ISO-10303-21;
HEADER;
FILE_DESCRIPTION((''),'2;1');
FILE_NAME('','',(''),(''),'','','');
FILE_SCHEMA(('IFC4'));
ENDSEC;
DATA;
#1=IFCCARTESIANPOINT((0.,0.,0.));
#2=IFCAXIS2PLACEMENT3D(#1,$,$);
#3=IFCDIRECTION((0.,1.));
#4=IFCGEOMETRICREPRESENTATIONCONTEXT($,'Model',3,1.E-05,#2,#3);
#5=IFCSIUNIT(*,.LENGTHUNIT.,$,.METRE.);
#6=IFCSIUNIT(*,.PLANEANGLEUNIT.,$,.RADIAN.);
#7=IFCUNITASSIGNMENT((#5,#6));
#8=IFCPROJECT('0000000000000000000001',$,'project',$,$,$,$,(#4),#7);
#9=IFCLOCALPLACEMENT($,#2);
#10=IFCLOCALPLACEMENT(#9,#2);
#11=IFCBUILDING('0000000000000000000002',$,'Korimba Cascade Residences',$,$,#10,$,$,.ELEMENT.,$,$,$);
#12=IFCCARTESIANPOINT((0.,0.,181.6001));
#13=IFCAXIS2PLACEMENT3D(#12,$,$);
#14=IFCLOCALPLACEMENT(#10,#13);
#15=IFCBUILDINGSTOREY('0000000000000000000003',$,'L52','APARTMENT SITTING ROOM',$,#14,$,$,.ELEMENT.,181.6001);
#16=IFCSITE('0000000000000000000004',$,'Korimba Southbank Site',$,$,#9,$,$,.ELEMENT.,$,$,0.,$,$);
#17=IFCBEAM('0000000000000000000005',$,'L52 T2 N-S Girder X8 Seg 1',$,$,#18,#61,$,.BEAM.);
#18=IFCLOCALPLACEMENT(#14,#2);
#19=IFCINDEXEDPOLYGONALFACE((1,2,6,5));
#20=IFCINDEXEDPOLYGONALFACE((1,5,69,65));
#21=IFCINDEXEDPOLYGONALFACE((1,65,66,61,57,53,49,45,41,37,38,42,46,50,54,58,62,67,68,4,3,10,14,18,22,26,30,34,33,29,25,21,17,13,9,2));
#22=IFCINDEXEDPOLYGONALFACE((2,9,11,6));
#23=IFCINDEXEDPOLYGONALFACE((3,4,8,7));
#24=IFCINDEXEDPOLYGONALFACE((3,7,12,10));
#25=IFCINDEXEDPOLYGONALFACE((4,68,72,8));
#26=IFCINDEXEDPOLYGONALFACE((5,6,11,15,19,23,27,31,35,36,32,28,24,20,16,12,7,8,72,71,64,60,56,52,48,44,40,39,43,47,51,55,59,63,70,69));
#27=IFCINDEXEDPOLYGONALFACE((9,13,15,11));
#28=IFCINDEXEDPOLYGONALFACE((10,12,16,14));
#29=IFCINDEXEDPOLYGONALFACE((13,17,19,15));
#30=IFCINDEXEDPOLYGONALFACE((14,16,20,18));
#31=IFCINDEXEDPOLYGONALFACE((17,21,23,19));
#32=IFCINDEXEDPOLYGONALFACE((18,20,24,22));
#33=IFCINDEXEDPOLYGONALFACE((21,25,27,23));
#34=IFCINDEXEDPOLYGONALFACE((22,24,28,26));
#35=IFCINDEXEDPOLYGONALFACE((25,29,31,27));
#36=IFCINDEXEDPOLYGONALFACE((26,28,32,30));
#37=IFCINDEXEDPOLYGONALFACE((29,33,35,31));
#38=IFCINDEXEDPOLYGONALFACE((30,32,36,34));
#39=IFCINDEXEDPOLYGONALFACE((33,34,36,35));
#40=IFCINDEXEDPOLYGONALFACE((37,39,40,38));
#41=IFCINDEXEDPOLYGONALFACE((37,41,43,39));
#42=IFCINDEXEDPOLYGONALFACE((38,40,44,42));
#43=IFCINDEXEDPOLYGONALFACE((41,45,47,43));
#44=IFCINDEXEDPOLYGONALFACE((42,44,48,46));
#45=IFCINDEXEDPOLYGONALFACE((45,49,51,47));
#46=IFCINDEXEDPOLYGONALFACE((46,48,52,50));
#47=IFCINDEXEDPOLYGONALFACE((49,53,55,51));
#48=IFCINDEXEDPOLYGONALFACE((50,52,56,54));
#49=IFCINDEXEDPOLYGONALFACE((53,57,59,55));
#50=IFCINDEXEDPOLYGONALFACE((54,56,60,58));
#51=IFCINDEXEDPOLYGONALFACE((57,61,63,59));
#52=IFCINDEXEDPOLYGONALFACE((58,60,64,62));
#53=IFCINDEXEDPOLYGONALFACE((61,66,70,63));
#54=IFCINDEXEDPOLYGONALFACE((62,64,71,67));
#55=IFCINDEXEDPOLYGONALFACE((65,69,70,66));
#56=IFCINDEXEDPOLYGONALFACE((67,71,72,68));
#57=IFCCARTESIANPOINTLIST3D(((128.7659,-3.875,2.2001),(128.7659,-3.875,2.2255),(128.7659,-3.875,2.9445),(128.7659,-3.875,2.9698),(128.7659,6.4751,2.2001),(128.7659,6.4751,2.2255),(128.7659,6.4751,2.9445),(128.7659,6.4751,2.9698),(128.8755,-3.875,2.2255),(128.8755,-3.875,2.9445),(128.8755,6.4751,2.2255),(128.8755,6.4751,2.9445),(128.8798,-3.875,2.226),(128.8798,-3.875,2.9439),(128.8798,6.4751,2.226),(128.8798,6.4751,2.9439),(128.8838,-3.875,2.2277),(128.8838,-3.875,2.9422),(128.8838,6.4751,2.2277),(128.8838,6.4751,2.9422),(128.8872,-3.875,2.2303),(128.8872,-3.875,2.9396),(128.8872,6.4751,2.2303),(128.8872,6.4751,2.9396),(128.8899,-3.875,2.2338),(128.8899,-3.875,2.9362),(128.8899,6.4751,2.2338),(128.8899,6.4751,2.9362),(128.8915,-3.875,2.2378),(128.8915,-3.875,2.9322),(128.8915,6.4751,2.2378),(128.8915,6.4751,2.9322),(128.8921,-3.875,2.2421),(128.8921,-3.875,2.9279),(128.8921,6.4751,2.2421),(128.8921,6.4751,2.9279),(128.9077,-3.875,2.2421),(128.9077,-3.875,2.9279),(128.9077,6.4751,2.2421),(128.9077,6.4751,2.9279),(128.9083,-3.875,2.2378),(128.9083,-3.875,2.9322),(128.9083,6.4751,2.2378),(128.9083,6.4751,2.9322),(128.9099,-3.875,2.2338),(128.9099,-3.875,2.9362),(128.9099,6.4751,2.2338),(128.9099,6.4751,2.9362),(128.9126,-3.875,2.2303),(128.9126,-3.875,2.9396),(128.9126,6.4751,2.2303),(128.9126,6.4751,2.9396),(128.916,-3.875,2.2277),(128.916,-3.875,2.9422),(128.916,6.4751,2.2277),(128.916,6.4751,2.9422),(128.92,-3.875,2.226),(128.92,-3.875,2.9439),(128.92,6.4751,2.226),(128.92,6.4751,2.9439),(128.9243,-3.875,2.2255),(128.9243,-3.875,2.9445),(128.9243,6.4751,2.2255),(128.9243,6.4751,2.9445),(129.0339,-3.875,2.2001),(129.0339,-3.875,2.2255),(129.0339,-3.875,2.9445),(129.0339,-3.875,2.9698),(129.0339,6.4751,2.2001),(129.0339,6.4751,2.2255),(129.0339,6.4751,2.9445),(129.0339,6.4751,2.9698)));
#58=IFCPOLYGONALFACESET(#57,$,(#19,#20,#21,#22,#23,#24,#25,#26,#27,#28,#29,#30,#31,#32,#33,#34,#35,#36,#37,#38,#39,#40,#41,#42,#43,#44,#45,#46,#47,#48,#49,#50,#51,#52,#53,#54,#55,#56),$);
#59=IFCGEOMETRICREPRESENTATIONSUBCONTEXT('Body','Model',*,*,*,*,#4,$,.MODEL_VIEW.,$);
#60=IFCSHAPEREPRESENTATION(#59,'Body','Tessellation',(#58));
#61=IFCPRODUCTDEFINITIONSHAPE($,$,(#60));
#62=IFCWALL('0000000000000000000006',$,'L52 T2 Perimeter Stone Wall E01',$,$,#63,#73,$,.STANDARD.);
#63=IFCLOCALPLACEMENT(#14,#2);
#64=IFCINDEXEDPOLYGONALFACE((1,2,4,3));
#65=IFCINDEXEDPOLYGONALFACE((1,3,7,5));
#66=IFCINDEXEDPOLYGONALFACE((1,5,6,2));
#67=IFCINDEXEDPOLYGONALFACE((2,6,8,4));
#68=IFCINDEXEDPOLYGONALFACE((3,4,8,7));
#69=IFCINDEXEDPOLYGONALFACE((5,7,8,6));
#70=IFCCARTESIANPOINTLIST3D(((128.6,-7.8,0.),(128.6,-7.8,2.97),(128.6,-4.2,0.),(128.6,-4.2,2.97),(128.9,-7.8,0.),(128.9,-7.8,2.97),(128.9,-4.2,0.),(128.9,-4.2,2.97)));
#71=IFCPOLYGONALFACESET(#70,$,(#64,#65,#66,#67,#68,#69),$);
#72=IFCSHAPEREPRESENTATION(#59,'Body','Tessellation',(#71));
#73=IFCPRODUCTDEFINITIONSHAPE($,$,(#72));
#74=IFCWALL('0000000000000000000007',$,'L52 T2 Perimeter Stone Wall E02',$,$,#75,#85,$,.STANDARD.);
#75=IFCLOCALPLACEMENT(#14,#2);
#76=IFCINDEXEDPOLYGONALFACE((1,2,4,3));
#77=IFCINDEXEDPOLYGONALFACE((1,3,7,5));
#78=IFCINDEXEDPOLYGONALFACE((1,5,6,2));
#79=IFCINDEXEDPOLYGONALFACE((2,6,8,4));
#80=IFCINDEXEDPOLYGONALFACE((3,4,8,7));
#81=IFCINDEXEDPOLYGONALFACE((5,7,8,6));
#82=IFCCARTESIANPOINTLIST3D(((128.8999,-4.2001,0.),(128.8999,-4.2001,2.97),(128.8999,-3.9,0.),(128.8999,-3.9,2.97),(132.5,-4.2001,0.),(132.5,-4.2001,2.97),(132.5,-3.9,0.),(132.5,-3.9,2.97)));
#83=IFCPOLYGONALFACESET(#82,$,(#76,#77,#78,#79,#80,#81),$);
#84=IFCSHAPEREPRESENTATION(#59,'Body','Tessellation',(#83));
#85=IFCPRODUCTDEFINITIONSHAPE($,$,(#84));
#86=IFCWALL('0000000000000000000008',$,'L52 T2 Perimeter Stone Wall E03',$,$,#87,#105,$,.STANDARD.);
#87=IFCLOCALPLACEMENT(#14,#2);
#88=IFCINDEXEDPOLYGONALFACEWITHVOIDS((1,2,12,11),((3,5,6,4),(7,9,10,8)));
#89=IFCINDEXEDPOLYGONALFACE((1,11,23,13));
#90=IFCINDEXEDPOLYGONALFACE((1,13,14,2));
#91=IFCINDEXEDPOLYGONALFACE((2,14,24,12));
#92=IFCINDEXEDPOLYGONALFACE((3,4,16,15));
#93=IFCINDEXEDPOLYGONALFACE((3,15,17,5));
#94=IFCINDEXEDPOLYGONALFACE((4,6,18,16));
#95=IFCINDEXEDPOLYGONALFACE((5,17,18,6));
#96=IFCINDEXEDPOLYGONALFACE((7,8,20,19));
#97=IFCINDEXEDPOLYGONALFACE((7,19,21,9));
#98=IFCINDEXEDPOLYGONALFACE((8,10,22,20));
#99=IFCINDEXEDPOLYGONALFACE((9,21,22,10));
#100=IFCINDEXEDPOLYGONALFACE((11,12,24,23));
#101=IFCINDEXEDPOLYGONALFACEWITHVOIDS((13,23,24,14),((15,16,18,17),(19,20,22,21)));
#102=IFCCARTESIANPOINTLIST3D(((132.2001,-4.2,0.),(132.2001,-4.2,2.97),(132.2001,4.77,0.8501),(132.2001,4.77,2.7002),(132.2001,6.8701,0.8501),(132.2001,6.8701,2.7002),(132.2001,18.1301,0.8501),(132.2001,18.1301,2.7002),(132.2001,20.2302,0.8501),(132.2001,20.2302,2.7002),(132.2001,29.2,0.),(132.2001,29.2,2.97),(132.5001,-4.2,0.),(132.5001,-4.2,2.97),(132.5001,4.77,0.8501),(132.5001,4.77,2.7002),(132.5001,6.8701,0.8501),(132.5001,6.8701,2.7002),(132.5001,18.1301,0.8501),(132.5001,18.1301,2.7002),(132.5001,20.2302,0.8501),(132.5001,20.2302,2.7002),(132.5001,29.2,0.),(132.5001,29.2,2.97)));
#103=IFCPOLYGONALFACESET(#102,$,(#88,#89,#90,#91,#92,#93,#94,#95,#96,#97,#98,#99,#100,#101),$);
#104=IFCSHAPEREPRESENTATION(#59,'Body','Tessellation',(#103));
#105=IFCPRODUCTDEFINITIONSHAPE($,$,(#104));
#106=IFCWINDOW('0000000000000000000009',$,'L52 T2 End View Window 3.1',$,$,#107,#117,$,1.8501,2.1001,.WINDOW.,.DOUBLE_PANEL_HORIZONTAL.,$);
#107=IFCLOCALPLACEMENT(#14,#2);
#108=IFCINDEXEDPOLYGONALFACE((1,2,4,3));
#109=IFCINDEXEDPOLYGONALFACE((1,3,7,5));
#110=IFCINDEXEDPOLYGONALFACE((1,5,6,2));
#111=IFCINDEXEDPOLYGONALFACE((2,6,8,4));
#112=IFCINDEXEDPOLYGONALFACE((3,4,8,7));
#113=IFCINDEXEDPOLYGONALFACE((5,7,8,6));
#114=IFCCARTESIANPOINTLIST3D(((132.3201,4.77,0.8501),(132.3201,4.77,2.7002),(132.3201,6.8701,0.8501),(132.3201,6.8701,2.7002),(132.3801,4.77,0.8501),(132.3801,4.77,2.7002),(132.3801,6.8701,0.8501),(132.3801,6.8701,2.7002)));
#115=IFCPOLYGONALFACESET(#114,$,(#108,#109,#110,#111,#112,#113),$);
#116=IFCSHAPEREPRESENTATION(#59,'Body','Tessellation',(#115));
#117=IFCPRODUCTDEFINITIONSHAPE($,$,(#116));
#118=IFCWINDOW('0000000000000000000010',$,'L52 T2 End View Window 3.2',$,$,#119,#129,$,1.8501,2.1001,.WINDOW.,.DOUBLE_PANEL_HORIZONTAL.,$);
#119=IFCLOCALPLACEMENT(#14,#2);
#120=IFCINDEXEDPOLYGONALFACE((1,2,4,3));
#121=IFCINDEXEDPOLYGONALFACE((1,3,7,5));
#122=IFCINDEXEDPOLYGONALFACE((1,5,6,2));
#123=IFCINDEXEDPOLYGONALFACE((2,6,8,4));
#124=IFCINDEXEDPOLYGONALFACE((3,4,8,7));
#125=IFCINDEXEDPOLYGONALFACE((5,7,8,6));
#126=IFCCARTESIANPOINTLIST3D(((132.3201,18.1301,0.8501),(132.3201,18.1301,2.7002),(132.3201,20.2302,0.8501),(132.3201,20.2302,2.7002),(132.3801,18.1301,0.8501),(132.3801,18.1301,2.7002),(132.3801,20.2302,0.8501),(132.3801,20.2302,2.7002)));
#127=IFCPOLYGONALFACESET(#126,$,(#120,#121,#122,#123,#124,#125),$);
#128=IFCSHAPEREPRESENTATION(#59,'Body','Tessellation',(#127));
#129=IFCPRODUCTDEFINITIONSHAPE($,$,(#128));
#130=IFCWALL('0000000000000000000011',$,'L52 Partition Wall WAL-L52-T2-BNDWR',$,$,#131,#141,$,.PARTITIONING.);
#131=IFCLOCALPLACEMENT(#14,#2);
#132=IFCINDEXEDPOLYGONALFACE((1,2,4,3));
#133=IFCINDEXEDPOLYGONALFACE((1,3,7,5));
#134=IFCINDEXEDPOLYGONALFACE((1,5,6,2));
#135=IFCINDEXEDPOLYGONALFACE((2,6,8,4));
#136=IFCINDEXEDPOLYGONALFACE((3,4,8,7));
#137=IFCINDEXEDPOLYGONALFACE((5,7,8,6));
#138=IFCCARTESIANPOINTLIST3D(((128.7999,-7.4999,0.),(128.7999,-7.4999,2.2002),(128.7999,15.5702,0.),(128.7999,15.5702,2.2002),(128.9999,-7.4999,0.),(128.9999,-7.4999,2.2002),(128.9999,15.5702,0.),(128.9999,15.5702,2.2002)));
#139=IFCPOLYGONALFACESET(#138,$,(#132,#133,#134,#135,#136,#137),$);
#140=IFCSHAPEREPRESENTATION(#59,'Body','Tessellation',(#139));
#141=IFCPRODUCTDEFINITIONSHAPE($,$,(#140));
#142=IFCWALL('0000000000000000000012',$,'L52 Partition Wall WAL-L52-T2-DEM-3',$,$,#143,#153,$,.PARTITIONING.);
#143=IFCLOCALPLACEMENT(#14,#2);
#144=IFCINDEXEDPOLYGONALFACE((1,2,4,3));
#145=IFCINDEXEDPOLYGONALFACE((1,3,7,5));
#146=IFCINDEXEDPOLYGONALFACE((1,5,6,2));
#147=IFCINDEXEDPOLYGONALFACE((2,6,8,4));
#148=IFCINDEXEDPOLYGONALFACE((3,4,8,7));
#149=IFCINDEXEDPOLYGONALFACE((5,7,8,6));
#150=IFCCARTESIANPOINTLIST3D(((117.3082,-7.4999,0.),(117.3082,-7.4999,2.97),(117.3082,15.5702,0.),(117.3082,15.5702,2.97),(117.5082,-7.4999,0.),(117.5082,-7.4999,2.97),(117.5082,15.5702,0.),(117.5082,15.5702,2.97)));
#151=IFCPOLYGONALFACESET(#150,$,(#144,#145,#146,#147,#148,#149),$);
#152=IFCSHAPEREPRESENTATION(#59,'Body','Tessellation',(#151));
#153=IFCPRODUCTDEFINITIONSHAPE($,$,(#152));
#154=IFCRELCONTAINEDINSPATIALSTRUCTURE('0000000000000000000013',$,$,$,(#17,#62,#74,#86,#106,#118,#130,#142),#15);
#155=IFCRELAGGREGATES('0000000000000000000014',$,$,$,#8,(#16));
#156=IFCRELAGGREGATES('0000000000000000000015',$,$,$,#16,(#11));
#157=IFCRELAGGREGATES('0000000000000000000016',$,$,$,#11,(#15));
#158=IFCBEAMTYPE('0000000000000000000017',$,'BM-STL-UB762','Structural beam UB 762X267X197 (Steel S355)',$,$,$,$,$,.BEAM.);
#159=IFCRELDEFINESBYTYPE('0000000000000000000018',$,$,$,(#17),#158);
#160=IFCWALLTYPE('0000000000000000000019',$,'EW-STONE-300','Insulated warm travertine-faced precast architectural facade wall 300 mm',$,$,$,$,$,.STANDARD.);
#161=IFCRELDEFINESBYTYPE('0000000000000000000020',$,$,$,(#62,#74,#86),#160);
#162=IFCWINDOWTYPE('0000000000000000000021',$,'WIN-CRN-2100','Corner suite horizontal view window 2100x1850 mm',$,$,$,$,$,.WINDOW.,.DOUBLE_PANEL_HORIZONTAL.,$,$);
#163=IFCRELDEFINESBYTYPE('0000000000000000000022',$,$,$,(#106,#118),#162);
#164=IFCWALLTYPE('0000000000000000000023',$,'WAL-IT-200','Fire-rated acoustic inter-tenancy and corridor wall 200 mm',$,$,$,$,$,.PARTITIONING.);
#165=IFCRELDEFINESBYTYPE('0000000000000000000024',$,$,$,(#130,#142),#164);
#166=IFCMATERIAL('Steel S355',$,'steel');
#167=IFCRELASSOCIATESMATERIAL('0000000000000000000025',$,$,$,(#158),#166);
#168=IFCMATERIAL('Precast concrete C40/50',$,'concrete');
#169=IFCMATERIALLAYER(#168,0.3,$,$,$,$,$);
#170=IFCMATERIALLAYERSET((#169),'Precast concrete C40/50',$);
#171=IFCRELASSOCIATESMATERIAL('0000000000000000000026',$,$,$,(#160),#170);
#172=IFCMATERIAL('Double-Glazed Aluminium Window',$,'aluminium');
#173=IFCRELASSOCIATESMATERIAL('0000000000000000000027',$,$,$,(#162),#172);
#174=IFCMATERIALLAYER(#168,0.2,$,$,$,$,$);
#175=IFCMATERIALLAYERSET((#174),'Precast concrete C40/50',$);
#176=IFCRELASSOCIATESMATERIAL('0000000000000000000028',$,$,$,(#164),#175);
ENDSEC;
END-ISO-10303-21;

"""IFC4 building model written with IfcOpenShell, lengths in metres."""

from ifc_helpers import new_model, si_unit, direction, frame, frame_2d, origin, origin_2d, place, context, subcontext, project, spatial, rectangle, i_section, extrude, material, layer, layer_set, material_profile, profile_set, type_object, element, fill, save


model = new_model("IFC4")

# Units and contexts
model_context = context("Model", 3, precision=1e-05, world=origin(), true_north=direction((0.0, 1.0)))
body_context = subcontext(model_context, "Body", "Model", "MODEL_VIEW")
ifc_project = project(units=[si_unit("LENGTHUNIT", "METRE"), si_unit("PLANEANGLEUNIT", "RADIAN")], contexts=[model_context])

# Site, building, storey
site_placement = place(None, origin())
site = spatial("IfcSite", under=ifc_project, at=site_placement, Name="Korimba Southbank Site", CompositionType="ELEMENT", RefElevation=0.0)
building_placement = place(site_placement, origin())
building = spatial("IfcBuilding", under=site, at=building_placement, Name="Korimba Cascade Residences", CompositionType="ELEMENT")
storey_placement = place(building_placement, frame((0.0, 0.0, 181.6001)))
storey = spatial("IfcBuildingStorey", under=building, at=storey_placement, Name="L52", Description="APARTMENT SITTING ROOM", CompositionType="ELEMENT", Elevation=181.6001)

# Beam
ifc_material_1 = material(Name="Steel S355", Category="steel")
ifc_material_profile_1 = material_profile(ifc_material_1, i_section(OverallWidth=0.2681, OverallDepth=0.7698, WebThickness=0.0156, FlangeThickness=0.0254, FilletRadius=0.0166, at=origin_2d()), Name="Steel S355")
ifc_profile_set_1 = profile_set([ifc_material_profile_1], Name="Steel S355")
beam_type_1 = type_object("IfcBeamType", Name="BM-STL-UB762", Description="Structural beam UB 762X267X197 (Steel S355)", PredefinedType="BEAM", material=ifc_profile_set_1)
for number, where, z_axis, x_axis, name in (
    (1, (128.8999, -3.875, 2.585), (0.0, 1.0, 0.0), (-1.0, 0.0, 0.0), "L52 T2 N-S Girder X8 Seg 1"),
):
    element("IfcBeam", number, at=place(storey_placement, frame(where, z_axis=z_axis, x_axis=x_axis)), inside=storey, type_object=beam_type_1, Name=name, PredefinedType="BEAM", context=body_context, shape_type="SweptSolid", body=[
        extrude(i_section(OverallWidth=0.2681, OverallDepth=0.7698, WebThickness=0.0156, FlangeThickness=0.0254, FilletRadius=0.0166, at=origin_2d()), origin(), (0.0, 0.0, 1.0), 10.3501),
    ])

# Walls
ifc_material_2 = material(Name="Precast concrete C40/50", Category="concrete")
ifc_layer_1 = layer(ifc_material_2, 0.3)
ifc_layer_set_1 = layer_set([ifc_layer_1], Name="Precast concrete C40/50")
wall_type_1 = type_object("IfcWallType", Name="EW-STONE-300", Description="Insulated warm travertine-faced precast architectural facade wall 300 mm", PredefinedType="STANDARD", material=ifc_layer_set_1)
for number, where, z_axis, x_axis, name in (
    (2, (128.75, -7.8, 0.0), (0.0, 0.0, 1.0), (0.0, 1.0, 0.0), "L52 T2 Perimeter Stone Wall E01"),
    (3, (128.8999, -4.05, 0.0), (0.0, 0.0, 1.0), (1.0, 0.0, 0.0), "L52 T2 Perimeter Stone Wall E02"),
):
    element("IfcWall", number, at=place(storey_placement, frame(where, z_axis=z_axis, x_axis=x_axis)), inside=storey, type_object=wall_type_1, Name=name, PredefinedType="STANDARD", context=body_context, shape_type="SweptSolid", body=[
        extrude(rectangle(XDim=3.6001, YDim=0.3, at=frame_2d((1.8, 0.0))), origin(), (0.0, 0.0, 1.0), 2.97),
    ])

# Wall, openings, windows
wall_1_placement = place(storey_placement, frame((132.3501, -4.2, 0.0), z_axis=(0.0, 0.0, 1.0), x_axis=(0.0, 1.0, 0.0)))
wall_1 = element("IfcWall", 4, at=wall_1_placement, inside=storey, type_object=wall_type_1, Name="L52 T2 Perimeter Stone Wall E03", PredefinedType="STANDARD", context=body_context, shape_type="SweptSolid", body=[
    extrude(rectangle(XDim=33.3999, YDim=0.3, at=frame_2d((16.7, 0.0))), origin(), (0.0, 0.0, 1.0), 2.97),
])
opening_1_placement = place(wall_1_placement, frame((8.97, 0.0, 0.8501)))
opening_1 = element("IfcOpeningElement", 5, at=opening_1_placement, cuts=wall_1, PredefinedType="OPENING", context=body_context, shape_type="SweptSolid", body=[
    extrude(rectangle(XDim=2.1001, YDim=1.8501, at=frame_2d((1.05, 0.925))), frame((0.0, 0.1602, 0.0), z_axis=(0.0, -1.0, 0.0), x_axis=(1.0, 0.0, 0.0)), (0.0, 0.0, 1.0), 0.3201),
])
opening_2_placement = place(wall_1_placement, frame((22.3301, 0.0, 0.8501)))
opening_2 = element("IfcOpeningElement", 6, at=opening_2_placement, cuts=wall_1, PredefinedType="OPENING", context=body_context, shape_type="SweptSolid", body=[
    extrude(rectangle(XDim=2.1001, YDim=1.8501, at=frame_2d((1.05, 0.925))), frame((0.0, 0.1602, 0.0), z_axis=(0.0, -1.0, 0.0), x_axis=(1.0, 0.0, 0.0)), (0.0, 0.0, 1.0), 0.3201),
])
ifc_material_3 = material(Name="Double-Glazed Aluminium Window", Category="aluminium")
window_type = type_object("IfcWindowType", Name="WIN-CRN-2100", Description="Corner suite horizontal view window 2100x1850 mm", PartitioningType="DOUBLE_PANEL_HORIZONTAL", PredefinedType="WINDOW", material=ifc_material_3)
window_1_placement = place(opening_1_placement, origin())
window_1 = element("IfcWindow", 7, at=window_1_placement, inside=storey, type_object=window_type, Name="L52 T2 End View Window 3.1", OverallHeight=1.8501, OverallWidth=2.1001, PartitioningType="DOUBLE_PANEL_HORIZONTAL", PredefinedType="WINDOW", context=body_context, shape_type="SweptSolid", body=[
    extrude(rectangle(XDim=2.1001, YDim=1.8501, at=frame_2d((1.05, 0.925))), frame((0.0, 0.03, 0.0), z_axis=(0.0, -1.0, 0.0), x_axis=(1.0, 0.0, 0.0)), (0.0, 0.0, 1.0), 0.0601),
])
fill(opening_1, window_1)
window_2_placement = place(opening_2_placement, origin())
window_2 = element("IfcWindow", 8, at=window_2_placement, inside=storey, type_object=window_type, Name="L52 T2 End View Window 3.2", OverallHeight=1.8501, OverallWidth=2.1001, PartitioningType="DOUBLE_PANEL_HORIZONTAL", PredefinedType="WINDOW", context=body_context, shape_type="SweptSolid", body=[
    extrude(rectangle(XDim=2.1001, YDim=1.8501, at=frame_2d((1.05, 0.925))), frame((0.0, 0.03, 0.0), z_axis=(0.0, -1.0, 0.0), x_axis=(1.0, 0.0, 0.0)), (0.0, 0.0, 1.0), 0.0601),
])
fill(opening_2, window_2)

# Walls
ifc_layer_2 = layer(ifc_material_2, 0.2)
ifc_layer_set_2 = layer_set([ifc_layer_2], Name="Precast concrete C40/50")
wall_type_2 = type_object("IfcWallType", Name="WAL-IT-200", Description="Fire-rated acoustic inter-tenancy and corridor wall 200 mm", PredefinedType="PARTITIONING", material=ifc_layer_set_2)
wall_2_placement = place(storey_placement, frame((128.8999, -7.5, 0.0), z_axis=(0.0, 0.0, 1.0), x_axis=(0.0, 1.0, 0.0)))
element("IfcWall", 9, at=wall_2_placement, inside=storey, type_object=wall_type_2, Name="L52 Partition Wall WAL-L52-T2-BNDWR", PredefinedType="PARTITIONING", context=body_context, shape_type="SweptSolid", body=[
    extrude(rectangle(XDim=23.0701, YDim=0.2, at=frame_2d((11.5352, 0.0))), origin(), (0.0, 0.0, 1.0), 2.2002),
])
wall_3_placement = place(storey_placement, frame((117.4082, -7.5, 0.0), z_axis=(0.0, 0.0, 1.0), x_axis=(0.0, 1.0, 0.0)))
element("IfcWall", 10, at=wall_3_placement, inside=storey, type_object=wall_type_2, Name="L52 Partition Wall WAL-L52-T2-DEM-3", PredefinedType="PARTITIONING", context=body_context, shape_type="SweptSolid", body=[
    extrude(rectangle(XDim=23.0701, YDim=0.2, at=frame_2d((11.5352, 0.0))), origin(), (0.0, 0.0, 1.0), 2.97),
])

save(model, "model.ifc")
